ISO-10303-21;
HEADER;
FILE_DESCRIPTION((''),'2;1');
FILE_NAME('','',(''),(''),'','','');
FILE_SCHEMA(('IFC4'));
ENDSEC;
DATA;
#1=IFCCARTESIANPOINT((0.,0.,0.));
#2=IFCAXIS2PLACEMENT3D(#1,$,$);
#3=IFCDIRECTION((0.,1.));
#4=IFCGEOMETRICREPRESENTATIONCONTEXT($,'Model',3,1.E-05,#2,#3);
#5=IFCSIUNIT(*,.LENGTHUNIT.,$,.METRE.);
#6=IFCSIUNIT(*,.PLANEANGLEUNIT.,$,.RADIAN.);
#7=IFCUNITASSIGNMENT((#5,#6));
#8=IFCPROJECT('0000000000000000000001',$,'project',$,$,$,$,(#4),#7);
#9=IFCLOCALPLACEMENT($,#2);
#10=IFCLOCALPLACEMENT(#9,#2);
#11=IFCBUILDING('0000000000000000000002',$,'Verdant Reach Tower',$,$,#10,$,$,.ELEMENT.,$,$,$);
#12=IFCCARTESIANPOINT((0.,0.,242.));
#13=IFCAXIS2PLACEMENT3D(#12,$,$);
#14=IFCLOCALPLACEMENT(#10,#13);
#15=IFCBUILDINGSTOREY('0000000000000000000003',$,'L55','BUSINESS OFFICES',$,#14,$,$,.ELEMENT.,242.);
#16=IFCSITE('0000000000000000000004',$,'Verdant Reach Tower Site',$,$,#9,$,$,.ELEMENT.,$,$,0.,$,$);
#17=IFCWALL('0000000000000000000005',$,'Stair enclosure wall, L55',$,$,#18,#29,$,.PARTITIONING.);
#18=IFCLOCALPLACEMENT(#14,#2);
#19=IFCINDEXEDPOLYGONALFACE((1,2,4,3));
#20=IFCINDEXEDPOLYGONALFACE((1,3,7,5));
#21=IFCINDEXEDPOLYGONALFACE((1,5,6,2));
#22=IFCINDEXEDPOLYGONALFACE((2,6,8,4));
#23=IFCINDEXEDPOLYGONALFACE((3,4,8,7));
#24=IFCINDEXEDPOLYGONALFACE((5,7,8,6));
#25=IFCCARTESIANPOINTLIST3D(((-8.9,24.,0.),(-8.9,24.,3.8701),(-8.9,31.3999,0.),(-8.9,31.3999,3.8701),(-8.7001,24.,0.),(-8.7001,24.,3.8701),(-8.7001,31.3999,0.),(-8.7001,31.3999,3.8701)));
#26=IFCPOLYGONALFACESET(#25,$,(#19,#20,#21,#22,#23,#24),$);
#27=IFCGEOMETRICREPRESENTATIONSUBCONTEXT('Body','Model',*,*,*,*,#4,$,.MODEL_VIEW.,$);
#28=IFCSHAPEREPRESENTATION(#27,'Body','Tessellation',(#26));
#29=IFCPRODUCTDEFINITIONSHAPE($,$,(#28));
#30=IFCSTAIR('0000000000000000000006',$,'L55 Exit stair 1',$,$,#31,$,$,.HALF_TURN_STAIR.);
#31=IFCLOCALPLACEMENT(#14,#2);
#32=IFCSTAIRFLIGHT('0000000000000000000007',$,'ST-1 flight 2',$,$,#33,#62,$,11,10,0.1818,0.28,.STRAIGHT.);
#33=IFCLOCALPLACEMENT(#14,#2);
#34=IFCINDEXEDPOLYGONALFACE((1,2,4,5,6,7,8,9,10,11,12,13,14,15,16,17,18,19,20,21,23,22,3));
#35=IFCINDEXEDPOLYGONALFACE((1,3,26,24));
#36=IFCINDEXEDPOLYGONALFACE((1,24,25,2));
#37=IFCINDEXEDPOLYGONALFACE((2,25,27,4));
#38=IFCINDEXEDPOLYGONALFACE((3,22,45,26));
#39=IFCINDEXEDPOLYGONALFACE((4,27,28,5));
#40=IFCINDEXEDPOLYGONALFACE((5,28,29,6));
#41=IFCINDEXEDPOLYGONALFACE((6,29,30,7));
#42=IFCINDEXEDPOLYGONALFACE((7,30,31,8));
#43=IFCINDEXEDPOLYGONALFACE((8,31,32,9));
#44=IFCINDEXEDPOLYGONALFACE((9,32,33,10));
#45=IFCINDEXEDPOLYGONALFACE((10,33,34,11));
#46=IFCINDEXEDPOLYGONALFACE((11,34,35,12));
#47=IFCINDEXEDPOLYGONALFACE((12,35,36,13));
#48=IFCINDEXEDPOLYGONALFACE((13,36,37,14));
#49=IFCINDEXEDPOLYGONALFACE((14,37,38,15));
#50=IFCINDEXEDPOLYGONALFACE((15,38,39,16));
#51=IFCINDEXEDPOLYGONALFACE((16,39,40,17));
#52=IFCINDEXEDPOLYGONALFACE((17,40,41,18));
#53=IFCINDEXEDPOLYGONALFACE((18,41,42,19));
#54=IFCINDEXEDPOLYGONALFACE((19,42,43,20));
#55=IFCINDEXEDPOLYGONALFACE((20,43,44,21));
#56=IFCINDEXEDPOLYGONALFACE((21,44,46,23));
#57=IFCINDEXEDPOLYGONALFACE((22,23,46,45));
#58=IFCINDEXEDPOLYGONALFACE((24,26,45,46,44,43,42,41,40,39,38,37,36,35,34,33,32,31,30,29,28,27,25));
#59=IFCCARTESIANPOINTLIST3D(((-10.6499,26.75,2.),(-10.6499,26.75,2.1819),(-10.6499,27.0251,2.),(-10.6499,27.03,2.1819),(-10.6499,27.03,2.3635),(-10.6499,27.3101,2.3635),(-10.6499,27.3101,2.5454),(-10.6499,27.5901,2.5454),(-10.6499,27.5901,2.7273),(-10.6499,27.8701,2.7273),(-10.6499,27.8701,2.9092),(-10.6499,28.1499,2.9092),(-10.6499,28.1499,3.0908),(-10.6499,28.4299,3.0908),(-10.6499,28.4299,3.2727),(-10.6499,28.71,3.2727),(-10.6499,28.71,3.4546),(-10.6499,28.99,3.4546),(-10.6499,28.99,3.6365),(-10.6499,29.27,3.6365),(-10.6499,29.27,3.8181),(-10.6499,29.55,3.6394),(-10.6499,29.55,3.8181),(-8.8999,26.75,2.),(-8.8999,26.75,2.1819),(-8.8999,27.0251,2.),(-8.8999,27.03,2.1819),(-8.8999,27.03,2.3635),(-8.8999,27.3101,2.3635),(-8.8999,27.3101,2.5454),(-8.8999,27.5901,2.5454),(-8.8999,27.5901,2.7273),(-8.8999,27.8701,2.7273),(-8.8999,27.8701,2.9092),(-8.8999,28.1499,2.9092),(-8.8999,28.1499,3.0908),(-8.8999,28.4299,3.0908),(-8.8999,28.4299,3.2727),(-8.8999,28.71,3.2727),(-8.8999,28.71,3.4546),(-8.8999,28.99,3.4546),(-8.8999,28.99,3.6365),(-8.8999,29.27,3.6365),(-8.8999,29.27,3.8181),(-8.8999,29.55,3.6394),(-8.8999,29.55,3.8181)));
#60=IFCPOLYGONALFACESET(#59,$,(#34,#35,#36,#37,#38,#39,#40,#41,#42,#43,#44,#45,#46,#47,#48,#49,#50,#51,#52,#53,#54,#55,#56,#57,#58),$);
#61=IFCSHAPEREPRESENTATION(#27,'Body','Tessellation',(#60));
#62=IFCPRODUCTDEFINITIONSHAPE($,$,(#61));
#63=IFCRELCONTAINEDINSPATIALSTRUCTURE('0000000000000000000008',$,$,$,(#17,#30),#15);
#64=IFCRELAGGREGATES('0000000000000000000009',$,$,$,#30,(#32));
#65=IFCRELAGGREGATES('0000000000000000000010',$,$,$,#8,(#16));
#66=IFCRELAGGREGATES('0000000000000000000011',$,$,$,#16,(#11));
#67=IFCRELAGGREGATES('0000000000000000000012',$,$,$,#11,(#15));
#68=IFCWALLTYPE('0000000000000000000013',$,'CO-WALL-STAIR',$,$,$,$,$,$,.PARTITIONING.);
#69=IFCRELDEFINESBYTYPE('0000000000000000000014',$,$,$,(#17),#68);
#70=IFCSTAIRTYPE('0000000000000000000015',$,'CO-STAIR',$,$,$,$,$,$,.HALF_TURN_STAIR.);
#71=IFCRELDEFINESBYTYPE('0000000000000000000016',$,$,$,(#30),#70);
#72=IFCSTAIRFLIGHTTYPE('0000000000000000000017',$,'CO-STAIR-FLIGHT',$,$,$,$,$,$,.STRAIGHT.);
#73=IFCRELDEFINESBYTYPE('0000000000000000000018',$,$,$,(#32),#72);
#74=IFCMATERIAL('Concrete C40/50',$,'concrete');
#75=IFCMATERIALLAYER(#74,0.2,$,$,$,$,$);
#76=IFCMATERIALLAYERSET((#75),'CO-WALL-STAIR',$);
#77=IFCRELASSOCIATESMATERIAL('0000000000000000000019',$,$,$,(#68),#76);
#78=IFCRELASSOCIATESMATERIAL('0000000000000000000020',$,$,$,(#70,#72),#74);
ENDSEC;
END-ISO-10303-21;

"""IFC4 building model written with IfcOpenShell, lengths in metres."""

from ifc_helpers import new_model, si_unit, direction, frame, frame_2d, origin, place, context, subcontext, project, spatial, polyline, rectangle, outline, extrude, material, layer, layer_set, type_object, element, aggregate, save


model = new_model("IFC4")

# Units and contexts
model_context = context("Model", 3, precision=1e-05, world=origin(), true_north=direction((0.0, 1.0)))
body_context = subcontext(model_context, "Body", "Model", "MODEL_VIEW")
ifc_project = project(units=[si_unit("LENGTHUNIT", "METRE"), si_unit("PLANEANGLEUNIT", "RADIAN")], contexts=[model_context])

# Site, building, storey
site_placement = place(None, origin())
site = spatial("IfcSite", under=ifc_project, at=site_placement, Name="Verdant Reach Tower Site", CompositionType="ELEMENT", RefElevation=0.0)
building_placement = place(site_placement, origin())
building = spatial("IfcBuilding", under=site, at=building_placement, Name="Verdant Reach Tower", CompositionType="ELEMENT")
storey_placement = place(building_placement, frame((0.0, 0.0, 242.0)))
storey = spatial("IfcBuildingStorey", under=building, at=storey_placement, Name="L55", Description="BUSINESS OFFICES", CompositionType="ELEMENT", Elevation=242.0)

# Shared definitions
ifc_material_1 = material(Name="Concrete C40/50", Category="concrete")

# Shared definitions
ifc_layer_1 = layer(ifc_material_1, 0.2)
ifc_layer_set_1 = layer_set([ifc_layer_1], Name="CO-WALL-STAIR")
wall_type_1 = type_object("IfcWallType", Name="CO-WALL-STAIR", PredefinedType="PARTITIONING", material=ifc_layer_set_1)

# Wall
wall_1_placement = place(storey_placement, frame((-8.8, 24.0, 0.0), z_axis=(0.0, 0.0, 1.0), x_axis=(0.0, 1.0, 0.0)))
element("IfcWall", 1, at=wall_1_placement, inside=storey, type_object=wall_type_1, Name="Stair enclosure wall, L55", PredefinedType="PARTITIONING", context=body_context, shape_type="SweptSolid", body=[
    extrude(rectangle(XDim=7.3999, YDim=0.2, at=frame_2d((3.7, 0.0))), origin(), (0.0, 0.0, 1.0), 3.8701),
])

# Stair, stair flight
stair_type = type_object("IfcStairType", Name="CO-STAIR", PredefinedType="HALF_TURN_STAIR", material=ifc_material_1)
stair_placement = place(storey_placement, origin())
stair = element("IfcStair", 2, at=stair_placement, inside=storey, type_object=stair_type, Name="L55 Exit stair 1", PredefinedType="HALF_TURN_STAIR")
stair_flight_type = type_object("IfcStairFlightType", Name="CO-STAIR-FLIGHT", PredefinedType="STRAIGHT", material=ifc_material_1)
stair_flight_placement = place(storey_placement, frame((-9.7749, 26.75, 2.0), z_axis=(0.0, 0.0, 1.0), x_axis=(0.0, 1.0, 0.0)))
stair_flight = element("IfcStairFlight", 3, at=stair_flight_placement, type_object=stair_flight_type, Name="ST-1 flight 2", NumberOfRisers=11, NumberOfTreads=10, PredefinedType="STRAIGHT", RiserHeight=0.1818, TreadLength=0.28, context=body_context, shape_type="SweptSolid", body=[
    extrude(outline(polyline([(0.0, 0.0), (0.0, 0.1819), (0.28, 0.1819), (0.28, 0.3635), (0.5601, 0.3635), (0.5601, 0.5454), (0.8401, 0.5454), (0.8401, 0.7273), (1.1201, 0.7273), (1.1201, 0.9092), (1.3999, 0.9092), (1.3999, 1.0908), (1.6799, 1.0908), (1.6799, 1.2727), (1.96, 1.2727), (1.96, 1.4546), (2.24, 1.4546), (2.24, 1.6365), (2.52, 1.6365), (2.52, 1.8181), (2.8, 1.8181), (2.8, 2.0), (2.8, 1.6394), (0.2751, 0.0), (0.0, 0.0)])), frame((0.0, 0.875, 0.0), z_axis=(0.0, -1.0, 0.0), x_axis=(1.0, 0.0, 0.0)), (0.0, 0.0, 1.0), 1.75),
])
aggregate(stair, [stair_flight])

save(model, "model.ifc")
